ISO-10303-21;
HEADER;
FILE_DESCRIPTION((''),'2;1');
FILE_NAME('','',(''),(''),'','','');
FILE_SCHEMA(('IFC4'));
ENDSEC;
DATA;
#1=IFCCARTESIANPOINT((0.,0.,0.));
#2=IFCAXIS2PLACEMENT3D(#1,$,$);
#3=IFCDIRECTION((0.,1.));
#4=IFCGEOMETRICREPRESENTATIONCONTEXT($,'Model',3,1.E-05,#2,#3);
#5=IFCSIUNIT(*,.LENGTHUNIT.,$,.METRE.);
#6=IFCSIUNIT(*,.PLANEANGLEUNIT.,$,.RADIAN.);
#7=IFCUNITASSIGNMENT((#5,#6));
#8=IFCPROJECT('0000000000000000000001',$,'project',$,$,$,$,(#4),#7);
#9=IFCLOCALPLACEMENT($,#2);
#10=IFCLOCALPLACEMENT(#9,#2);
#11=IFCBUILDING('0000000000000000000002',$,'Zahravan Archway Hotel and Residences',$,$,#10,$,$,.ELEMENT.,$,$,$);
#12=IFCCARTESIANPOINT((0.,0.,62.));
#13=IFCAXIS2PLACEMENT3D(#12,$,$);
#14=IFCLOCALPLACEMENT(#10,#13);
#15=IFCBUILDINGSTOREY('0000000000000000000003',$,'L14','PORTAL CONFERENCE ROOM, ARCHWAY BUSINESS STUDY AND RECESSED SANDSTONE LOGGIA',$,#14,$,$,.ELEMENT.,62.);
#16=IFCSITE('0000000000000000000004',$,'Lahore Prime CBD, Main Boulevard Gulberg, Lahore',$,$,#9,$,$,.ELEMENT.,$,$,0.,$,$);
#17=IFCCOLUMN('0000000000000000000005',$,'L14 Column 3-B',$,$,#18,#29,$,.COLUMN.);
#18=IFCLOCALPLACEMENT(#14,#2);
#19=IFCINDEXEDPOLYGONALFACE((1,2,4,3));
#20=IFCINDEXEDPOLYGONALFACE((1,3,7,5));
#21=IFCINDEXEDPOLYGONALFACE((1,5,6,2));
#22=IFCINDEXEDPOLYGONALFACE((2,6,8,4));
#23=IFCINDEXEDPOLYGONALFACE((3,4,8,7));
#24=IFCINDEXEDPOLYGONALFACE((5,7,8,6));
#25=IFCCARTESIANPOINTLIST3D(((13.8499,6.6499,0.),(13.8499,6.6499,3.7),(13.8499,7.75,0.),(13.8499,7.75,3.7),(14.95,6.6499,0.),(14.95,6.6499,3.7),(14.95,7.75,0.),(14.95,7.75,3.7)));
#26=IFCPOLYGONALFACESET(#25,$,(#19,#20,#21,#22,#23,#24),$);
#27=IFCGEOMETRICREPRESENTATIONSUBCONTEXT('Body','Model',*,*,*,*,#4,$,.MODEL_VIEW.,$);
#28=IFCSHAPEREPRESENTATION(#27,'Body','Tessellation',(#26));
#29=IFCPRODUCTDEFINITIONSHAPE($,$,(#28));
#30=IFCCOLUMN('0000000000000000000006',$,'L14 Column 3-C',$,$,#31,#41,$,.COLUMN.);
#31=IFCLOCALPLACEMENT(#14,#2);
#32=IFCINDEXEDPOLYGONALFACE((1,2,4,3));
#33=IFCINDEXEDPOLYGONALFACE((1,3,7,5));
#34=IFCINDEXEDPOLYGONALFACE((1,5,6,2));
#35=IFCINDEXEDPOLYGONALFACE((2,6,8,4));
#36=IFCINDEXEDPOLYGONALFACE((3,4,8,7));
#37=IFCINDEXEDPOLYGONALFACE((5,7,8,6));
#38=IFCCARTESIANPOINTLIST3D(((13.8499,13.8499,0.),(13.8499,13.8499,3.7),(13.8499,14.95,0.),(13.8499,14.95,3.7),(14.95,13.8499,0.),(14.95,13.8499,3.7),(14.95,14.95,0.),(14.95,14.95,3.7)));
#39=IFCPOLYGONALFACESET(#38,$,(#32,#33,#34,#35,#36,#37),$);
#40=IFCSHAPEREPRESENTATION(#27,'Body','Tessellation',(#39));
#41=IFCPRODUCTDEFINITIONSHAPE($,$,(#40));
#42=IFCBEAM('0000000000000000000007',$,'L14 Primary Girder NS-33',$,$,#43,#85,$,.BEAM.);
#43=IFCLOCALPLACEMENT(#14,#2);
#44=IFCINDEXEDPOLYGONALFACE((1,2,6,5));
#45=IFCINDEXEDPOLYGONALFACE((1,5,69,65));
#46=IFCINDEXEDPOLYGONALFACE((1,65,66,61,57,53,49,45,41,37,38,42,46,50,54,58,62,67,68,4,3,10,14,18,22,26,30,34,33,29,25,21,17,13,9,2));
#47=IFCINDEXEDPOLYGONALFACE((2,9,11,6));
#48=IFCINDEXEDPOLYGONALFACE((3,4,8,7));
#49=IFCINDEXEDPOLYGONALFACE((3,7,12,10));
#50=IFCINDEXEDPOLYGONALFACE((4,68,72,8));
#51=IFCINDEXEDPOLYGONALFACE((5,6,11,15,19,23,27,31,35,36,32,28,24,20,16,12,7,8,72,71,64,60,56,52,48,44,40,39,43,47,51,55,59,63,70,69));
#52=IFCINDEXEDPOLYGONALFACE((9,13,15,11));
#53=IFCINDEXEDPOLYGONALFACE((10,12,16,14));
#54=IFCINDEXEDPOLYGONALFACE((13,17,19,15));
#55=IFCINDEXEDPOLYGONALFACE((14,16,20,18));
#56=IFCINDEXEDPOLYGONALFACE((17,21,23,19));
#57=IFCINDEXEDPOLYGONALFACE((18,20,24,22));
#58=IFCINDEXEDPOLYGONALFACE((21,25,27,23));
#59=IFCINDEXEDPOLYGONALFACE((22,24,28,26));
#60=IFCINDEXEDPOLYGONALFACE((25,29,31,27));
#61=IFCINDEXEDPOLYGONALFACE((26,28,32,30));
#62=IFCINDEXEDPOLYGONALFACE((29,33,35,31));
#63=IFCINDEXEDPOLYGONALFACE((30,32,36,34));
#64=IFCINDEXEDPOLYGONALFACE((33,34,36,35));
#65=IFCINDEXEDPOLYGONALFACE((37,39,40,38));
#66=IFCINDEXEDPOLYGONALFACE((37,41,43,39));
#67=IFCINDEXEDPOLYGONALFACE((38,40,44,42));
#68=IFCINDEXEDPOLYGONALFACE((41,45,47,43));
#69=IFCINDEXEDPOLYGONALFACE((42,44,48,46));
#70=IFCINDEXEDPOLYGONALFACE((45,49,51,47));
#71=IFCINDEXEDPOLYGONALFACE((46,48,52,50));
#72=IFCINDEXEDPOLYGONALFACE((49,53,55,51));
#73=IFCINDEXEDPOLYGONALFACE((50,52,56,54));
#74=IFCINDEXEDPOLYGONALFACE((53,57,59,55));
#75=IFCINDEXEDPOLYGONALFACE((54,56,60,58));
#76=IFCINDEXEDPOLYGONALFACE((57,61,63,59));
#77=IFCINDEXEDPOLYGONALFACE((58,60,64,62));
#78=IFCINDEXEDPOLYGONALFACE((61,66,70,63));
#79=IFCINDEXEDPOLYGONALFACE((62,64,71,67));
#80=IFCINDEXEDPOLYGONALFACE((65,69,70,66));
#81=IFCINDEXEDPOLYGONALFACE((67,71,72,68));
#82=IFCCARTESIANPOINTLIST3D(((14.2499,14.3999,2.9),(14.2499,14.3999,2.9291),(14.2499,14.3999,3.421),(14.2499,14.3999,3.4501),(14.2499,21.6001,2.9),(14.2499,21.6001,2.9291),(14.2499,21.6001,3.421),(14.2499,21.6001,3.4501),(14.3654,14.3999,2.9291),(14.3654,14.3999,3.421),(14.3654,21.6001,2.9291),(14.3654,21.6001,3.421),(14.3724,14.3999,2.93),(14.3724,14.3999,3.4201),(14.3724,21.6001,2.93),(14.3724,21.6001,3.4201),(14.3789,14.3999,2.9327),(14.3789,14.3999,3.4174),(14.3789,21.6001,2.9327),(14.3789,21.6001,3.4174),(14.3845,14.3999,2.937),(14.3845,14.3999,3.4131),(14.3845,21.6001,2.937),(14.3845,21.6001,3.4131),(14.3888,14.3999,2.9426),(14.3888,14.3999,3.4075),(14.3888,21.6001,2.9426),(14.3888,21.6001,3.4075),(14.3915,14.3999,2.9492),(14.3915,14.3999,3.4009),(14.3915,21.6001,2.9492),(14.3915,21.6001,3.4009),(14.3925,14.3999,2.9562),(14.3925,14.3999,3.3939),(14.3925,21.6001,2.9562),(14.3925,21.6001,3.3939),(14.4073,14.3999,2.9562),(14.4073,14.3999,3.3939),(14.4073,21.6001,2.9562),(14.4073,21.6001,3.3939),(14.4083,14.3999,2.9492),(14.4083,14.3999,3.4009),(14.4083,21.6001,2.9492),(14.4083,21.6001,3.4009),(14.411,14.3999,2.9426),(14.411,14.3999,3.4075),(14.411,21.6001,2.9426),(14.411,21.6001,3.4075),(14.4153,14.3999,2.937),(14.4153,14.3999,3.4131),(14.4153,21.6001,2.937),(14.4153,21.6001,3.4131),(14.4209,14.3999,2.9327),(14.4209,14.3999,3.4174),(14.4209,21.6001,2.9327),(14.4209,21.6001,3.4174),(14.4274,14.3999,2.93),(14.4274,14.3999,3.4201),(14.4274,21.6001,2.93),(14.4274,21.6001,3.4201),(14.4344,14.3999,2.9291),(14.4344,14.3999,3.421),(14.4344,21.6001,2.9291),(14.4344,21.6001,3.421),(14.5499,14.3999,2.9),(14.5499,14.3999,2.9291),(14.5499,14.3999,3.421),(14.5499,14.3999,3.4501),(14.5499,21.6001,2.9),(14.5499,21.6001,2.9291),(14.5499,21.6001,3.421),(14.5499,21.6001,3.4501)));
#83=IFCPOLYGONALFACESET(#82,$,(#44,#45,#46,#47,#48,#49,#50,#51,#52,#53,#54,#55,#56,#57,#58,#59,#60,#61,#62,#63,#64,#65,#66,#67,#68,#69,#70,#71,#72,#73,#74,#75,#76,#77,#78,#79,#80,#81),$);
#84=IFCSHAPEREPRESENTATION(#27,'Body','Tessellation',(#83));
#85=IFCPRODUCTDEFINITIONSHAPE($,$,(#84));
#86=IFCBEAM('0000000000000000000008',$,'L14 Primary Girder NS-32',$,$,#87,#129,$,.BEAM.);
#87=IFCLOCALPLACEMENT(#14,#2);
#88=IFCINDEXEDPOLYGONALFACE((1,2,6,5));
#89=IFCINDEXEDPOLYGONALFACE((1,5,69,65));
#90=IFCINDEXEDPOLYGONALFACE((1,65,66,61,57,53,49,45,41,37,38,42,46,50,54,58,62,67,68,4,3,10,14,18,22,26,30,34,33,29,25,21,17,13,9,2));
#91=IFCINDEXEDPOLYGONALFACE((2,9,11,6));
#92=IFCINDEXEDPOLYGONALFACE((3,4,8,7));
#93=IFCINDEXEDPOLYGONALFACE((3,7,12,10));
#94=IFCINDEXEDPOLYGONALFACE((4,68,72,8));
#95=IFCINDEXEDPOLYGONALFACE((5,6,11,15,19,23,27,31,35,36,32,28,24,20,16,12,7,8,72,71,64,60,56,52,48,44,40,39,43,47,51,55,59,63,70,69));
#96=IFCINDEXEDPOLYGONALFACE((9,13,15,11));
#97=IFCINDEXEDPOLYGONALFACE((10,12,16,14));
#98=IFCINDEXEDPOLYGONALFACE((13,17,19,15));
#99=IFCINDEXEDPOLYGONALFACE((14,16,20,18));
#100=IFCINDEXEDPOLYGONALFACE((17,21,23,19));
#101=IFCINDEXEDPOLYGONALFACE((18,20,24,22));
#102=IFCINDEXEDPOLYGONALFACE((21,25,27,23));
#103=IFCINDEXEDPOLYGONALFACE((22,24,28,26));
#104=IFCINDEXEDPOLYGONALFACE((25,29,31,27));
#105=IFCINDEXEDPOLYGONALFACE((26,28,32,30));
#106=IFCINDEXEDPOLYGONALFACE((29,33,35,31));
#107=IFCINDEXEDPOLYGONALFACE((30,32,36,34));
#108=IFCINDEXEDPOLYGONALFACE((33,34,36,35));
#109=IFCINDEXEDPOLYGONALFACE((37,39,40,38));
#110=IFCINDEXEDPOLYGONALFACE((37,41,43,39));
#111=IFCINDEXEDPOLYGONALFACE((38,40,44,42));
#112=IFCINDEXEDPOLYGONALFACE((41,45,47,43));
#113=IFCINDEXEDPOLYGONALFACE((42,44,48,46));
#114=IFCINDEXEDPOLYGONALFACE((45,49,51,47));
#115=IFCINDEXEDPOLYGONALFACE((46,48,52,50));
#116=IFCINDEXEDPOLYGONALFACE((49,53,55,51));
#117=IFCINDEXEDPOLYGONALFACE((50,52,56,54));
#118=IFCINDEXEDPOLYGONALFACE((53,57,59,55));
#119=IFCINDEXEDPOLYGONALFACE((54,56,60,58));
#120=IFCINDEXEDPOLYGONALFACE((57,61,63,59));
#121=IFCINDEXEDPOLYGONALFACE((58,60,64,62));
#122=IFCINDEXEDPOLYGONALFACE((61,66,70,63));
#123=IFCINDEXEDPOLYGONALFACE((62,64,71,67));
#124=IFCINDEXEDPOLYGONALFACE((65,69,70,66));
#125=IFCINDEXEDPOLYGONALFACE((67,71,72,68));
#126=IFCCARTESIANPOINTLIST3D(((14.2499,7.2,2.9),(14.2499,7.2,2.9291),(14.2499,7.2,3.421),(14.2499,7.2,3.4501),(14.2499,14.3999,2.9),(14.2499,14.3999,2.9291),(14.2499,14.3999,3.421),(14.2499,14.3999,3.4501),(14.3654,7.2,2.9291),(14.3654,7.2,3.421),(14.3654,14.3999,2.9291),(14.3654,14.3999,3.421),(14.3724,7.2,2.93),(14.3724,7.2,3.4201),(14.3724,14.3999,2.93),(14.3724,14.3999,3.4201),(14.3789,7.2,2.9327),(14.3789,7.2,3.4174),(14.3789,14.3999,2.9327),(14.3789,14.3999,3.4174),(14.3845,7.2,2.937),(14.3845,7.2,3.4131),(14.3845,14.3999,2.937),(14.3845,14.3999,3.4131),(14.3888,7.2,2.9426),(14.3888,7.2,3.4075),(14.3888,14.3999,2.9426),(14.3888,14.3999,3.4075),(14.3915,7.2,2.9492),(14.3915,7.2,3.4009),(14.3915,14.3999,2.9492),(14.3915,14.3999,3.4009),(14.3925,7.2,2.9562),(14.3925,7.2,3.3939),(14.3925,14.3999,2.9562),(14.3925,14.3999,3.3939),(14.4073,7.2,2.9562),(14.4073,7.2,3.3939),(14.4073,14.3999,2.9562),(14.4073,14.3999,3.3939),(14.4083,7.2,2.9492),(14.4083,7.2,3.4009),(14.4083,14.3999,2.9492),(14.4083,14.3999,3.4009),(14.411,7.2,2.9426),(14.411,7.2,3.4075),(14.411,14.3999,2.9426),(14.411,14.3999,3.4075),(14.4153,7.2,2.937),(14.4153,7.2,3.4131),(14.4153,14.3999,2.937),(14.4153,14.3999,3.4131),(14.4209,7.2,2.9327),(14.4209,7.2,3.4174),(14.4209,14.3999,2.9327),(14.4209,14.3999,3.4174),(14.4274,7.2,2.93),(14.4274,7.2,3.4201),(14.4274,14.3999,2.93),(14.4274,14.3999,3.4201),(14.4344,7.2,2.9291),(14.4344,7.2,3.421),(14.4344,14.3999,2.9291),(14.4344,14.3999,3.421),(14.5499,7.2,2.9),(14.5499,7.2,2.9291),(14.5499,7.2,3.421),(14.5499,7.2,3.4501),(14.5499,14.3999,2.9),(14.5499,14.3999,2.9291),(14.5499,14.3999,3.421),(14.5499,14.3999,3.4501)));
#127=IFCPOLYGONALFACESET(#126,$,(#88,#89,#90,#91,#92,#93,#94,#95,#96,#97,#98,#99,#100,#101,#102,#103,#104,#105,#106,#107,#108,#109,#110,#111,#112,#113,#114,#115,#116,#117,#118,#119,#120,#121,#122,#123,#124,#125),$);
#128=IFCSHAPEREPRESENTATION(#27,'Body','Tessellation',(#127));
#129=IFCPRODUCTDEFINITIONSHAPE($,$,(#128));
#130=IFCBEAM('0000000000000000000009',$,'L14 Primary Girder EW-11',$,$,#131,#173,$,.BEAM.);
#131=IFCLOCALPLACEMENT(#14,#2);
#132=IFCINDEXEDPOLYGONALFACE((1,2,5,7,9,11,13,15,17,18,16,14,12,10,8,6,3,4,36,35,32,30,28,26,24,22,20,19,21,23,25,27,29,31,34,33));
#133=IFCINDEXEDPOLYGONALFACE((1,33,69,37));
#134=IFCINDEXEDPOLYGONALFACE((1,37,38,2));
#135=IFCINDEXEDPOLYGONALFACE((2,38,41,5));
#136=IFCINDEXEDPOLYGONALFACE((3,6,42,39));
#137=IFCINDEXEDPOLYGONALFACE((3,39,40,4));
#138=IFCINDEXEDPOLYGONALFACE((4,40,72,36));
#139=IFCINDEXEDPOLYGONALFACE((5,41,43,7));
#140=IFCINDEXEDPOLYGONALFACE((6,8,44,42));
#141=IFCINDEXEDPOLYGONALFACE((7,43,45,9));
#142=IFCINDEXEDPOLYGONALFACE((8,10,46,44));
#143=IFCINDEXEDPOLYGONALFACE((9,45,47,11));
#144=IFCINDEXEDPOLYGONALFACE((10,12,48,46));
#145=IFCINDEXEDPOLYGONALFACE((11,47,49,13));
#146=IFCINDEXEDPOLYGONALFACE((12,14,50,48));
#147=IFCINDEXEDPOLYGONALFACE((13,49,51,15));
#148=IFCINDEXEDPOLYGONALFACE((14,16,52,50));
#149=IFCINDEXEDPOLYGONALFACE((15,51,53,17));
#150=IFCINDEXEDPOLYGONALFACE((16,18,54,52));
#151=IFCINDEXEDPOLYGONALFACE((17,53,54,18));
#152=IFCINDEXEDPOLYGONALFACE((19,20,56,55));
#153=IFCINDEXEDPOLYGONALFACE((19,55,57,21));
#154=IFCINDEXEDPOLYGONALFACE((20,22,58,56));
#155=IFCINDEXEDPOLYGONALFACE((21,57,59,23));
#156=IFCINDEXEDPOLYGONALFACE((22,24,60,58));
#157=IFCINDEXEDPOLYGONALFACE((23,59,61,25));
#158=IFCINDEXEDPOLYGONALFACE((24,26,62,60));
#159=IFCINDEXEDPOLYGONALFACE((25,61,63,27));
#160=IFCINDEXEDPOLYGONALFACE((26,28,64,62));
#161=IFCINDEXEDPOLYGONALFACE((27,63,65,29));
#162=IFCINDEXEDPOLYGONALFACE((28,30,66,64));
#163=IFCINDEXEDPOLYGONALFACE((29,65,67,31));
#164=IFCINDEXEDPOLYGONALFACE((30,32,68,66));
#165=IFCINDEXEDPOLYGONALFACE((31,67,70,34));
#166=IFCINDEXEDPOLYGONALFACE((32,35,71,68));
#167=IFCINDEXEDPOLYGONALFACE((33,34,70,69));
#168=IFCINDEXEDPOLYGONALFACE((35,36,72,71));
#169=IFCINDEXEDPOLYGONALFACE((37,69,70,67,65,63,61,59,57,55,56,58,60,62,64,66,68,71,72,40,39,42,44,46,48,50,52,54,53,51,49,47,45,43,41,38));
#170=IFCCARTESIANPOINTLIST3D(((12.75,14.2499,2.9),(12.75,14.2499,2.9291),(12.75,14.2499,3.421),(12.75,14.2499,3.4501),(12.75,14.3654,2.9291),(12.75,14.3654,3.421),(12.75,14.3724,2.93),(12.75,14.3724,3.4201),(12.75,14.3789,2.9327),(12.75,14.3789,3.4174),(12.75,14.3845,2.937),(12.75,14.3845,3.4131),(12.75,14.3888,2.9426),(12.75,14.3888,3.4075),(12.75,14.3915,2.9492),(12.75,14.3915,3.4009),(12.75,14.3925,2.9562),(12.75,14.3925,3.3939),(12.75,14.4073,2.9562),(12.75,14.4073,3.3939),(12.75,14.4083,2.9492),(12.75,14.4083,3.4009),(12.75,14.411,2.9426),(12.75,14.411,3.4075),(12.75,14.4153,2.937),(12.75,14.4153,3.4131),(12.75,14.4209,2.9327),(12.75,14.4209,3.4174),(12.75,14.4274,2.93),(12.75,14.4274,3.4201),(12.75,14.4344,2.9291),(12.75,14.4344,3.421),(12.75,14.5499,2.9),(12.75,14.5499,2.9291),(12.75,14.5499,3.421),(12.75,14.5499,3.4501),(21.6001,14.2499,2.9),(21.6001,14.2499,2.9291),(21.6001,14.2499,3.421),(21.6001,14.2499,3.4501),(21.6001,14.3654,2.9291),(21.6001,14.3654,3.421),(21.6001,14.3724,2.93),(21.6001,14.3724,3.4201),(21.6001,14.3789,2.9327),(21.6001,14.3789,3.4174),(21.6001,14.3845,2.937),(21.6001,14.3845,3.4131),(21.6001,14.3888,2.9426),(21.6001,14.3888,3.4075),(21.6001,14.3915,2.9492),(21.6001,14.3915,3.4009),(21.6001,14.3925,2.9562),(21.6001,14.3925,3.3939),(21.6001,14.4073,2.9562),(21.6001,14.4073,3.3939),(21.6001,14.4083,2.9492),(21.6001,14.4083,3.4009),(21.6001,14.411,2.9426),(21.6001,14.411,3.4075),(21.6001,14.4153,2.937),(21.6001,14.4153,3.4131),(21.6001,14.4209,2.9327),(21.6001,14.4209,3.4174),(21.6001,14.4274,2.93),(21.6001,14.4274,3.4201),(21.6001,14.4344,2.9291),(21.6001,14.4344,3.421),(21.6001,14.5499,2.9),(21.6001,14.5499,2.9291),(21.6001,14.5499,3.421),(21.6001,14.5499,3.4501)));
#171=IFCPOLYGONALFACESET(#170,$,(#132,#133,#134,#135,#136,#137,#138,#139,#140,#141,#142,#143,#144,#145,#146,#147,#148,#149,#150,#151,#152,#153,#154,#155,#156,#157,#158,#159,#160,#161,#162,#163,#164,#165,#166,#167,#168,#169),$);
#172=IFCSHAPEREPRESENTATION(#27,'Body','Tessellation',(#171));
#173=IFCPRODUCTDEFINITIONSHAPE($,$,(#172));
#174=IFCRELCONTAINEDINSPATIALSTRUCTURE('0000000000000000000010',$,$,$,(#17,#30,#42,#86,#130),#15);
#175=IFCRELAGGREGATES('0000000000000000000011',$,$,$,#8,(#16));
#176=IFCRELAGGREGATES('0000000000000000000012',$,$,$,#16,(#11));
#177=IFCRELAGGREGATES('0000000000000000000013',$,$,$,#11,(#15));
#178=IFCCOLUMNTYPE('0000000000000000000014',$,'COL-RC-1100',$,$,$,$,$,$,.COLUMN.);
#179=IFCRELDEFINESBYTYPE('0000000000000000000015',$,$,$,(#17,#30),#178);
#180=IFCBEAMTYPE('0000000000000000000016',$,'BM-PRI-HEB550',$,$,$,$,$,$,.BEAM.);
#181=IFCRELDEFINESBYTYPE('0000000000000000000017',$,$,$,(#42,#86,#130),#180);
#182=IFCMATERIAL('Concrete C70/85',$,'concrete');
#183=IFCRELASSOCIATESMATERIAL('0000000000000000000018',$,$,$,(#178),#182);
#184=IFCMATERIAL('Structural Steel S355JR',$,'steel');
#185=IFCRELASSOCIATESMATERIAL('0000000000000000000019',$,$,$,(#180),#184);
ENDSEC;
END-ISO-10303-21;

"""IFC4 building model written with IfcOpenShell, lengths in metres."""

from ifc_helpers import new_model, si_unit, direction, frame, origin, origin_2d, place, context, subcontext, project, spatial, rectangle, i_section, extrude, source, transform, mapped, material, material_profile, profile_set, type_object, type_shapes, element, save


model = new_model("IFC4")

# Units and contexts
model_context = context("Model", 3, precision=1e-05, world=origin(), true_north=direction((0.0, 1.0)))
body_context = subcontext(model_context, "Body", "Model", "MODEL_VIEW")
ifc_project = project(units=[si_unit("LENGTHUNIT", "METRE"), si_unit("PLANEANGLEUNIT", "RADIAN")], contexts=[model_context])

# Site, building, storey
site_placement = place(None, origin())
site = spatial("IfcSite", under=ifc_project, at=site_placement, Name="Lahore Prime CBD, Main Boulevard Gulberg, Lahore", CompositionType="ELEMENT", RefElevation=0.0)
building_placement = place(site_placement, origin())
building = spatial("IfcBuilding", under=site, at=building_placement, Name="Zahravan Archway Hotel and Residences", CompositionType="ELEMENT")
storey_placement = place(building_placement, frame((0.0, 0.0, 62.0)))
storey = spatial("IfcBuildingStorey", under=building, at=storey_placement, Name="L14", Description="PORTAL CONFERENCE ROOM, ARCHWAY BUSINESS STUDY AND RECESSED SANDSTONE LOGGIA", CompositionType="ELEMENT", Elevation=62.0)

# Columns
ifc_material_1 = material(Name="Concrete C70/85", Category="concrete")
ifc_material_profile_1 = material_profile(ifc_material_1, rectangle(XDim=1.1001, YDim=1.1001, at=origin_2d()), Name="RC 1100x1100", Category="concrete")
ifc_profile_set_1 = profile_set([ifc_material_profile_1], Name="Concrete C70/85")
column_type = type_object("IfcColumnType", Name="COL-RC-1100", PredefinedType="COLUMN", material=ifc_profile_set_1)
shared_shape_1 = source(origin(), body_context, "Body", "SweptSolid", [
    extrude(rectangle(XDim=1.1001, YDim=1.1001, at=origin_2d()), origin(), (0.0, 0.0, 1.0), 3.7),
])
for number, where, z_axis, x_axis, name in (
    (1, (14.3999, 7.2, 0.0), (0.0, 0.0, 1.0), (1.0, 0.0, 0.0), "L14 Column 3-B"),
    (2, (14.3999, 14.3999, 0.0), (0.0, 0.0, 1.0), (1.0, 0.0, 0.0), "L14 Column 3-C"),
):
    element("IfcColumn", number, at=place(storey_placement, frame(where, z_axis=z_axis, x_axis=x_axis)), inside=storey, type_object=column_type, Name=name, PredefinedType="COLUMN", context=body_context, shape_type="MappedRepresentation", body=[
        mapped(shared_shape_1, transform((0.0, 0.0, 0.0), scale=1.0)),
    ])

# Beams
ifc_material_2 = material(Name="Structural Steel S355JR", Category="steel")
ifc_material_profile_2 = material_profile(ifc_material_2, i_section(OverallWidth=0.3, OverallDepth=0.55, WebThickness=0.0149, FlangeThickness=0.0291, FilletRadius=0.0271, at=origin_2d()), Name="HEB 550", Category="steel")
ifc_profile_set_2 = profile_set([ifc_material_profile_2], Name="Structural Steel S355JR")
beam_type_1 = type_object("IfcBeamType", Name="BM-PRI-HEB550", PredefinedType="BEAM", material=ifc_profile_set_2)
shared_shape_2 = source(origin(), body_context, "Body", "SweptSolid", [
    extrude(i_section(OverallWidth=0.3, OverallDepth=0.55, WebThickness=0.0149, FlangeThickness=0.0291, FilletRadius=0.0271, at=origin_2d()), origin(), (0.0, 0.0, 1.0), 7.2002),
])
type_shapes(beam_type_1, [shared_shape_2])
beam_1_placement = place(storey_placement, frame((14.3999, 14.3999, 3.175), z_axis=(0.0, 1.0, 0.0), x_axis=(-1.0, 0.0, 0.0)))
element("IfcBeam", 3, at=beam_1_placement, inside=storey, type_object=beam_type_1, Name="L14 Primary Girder NS-33", PredefinedType="BEAM", context=body_context, shape_type="MappedRepresentation", body=[
    mapped(shared_shape_2, transform((0.0, 0.0, 0.0), scale=1.0)),
])
shared_shape_3 = source(origin(), body_context, "Body", "SweptSolid", [
    extrude(i_section(OverallWidth=0.3, OverallDepth=0.55, WebThickness=0.0149, FlangeThickness=0.0291, FilletRadius=0.0271, at=origin_2d()), origin(), (0.0, 0.0, 1.0), 7.2),
])
beam_2_placement = place(storey_placement, frame((14.3999, 7.2, 3.175), z_axis=(0.0, 1.0, 0.0), x_axis=(-1.0, 0.0, 0.0)))
element("IfcBeam", 4, at=beam_2_placement, inside=storey, type_object=beam_type_1, Name="L14 Primary Girder NS-32", PredefinedType="BEAM", context=body_context, shape_type="MappedRepresentation", body=[
    mapped(shared_shape_3, transform((0.0, 0.0, 0.0), scale=1.0)),
])
shared_shape_4 = source(origin(), body_context, "Body", "SweptSolid", [
    extrude(i_section(OverallWidth=0.3, OverallDepth=0.55, WebThickness=0.0149, FlangeThickness=0.0291, FilletRadius=0.0271, at=origin_2d()), origin(), (0.0, 0.0, 1.0), 8.8501),
])
beam_3_placement = place(storey_placement, frame((12.75, 14.3999, 3.175), z_axis=(1.0, 0.0, 0.0), x_axis=(0.0, 1.0, 0.0)))
element("IfcBeam", 5, at=beam_3_placement, inside=storey, type_object=beam_type_1, Name="L14 Primary Girder EW-11", PredefinedType="BEAM", context=body_context, shape_type="MappedRepresentation", body=[
    mapped(shared_shape_4, transform((0.0, 0.0, 0.0), scale=1.0)),
])

save(model, "model.ifc")
